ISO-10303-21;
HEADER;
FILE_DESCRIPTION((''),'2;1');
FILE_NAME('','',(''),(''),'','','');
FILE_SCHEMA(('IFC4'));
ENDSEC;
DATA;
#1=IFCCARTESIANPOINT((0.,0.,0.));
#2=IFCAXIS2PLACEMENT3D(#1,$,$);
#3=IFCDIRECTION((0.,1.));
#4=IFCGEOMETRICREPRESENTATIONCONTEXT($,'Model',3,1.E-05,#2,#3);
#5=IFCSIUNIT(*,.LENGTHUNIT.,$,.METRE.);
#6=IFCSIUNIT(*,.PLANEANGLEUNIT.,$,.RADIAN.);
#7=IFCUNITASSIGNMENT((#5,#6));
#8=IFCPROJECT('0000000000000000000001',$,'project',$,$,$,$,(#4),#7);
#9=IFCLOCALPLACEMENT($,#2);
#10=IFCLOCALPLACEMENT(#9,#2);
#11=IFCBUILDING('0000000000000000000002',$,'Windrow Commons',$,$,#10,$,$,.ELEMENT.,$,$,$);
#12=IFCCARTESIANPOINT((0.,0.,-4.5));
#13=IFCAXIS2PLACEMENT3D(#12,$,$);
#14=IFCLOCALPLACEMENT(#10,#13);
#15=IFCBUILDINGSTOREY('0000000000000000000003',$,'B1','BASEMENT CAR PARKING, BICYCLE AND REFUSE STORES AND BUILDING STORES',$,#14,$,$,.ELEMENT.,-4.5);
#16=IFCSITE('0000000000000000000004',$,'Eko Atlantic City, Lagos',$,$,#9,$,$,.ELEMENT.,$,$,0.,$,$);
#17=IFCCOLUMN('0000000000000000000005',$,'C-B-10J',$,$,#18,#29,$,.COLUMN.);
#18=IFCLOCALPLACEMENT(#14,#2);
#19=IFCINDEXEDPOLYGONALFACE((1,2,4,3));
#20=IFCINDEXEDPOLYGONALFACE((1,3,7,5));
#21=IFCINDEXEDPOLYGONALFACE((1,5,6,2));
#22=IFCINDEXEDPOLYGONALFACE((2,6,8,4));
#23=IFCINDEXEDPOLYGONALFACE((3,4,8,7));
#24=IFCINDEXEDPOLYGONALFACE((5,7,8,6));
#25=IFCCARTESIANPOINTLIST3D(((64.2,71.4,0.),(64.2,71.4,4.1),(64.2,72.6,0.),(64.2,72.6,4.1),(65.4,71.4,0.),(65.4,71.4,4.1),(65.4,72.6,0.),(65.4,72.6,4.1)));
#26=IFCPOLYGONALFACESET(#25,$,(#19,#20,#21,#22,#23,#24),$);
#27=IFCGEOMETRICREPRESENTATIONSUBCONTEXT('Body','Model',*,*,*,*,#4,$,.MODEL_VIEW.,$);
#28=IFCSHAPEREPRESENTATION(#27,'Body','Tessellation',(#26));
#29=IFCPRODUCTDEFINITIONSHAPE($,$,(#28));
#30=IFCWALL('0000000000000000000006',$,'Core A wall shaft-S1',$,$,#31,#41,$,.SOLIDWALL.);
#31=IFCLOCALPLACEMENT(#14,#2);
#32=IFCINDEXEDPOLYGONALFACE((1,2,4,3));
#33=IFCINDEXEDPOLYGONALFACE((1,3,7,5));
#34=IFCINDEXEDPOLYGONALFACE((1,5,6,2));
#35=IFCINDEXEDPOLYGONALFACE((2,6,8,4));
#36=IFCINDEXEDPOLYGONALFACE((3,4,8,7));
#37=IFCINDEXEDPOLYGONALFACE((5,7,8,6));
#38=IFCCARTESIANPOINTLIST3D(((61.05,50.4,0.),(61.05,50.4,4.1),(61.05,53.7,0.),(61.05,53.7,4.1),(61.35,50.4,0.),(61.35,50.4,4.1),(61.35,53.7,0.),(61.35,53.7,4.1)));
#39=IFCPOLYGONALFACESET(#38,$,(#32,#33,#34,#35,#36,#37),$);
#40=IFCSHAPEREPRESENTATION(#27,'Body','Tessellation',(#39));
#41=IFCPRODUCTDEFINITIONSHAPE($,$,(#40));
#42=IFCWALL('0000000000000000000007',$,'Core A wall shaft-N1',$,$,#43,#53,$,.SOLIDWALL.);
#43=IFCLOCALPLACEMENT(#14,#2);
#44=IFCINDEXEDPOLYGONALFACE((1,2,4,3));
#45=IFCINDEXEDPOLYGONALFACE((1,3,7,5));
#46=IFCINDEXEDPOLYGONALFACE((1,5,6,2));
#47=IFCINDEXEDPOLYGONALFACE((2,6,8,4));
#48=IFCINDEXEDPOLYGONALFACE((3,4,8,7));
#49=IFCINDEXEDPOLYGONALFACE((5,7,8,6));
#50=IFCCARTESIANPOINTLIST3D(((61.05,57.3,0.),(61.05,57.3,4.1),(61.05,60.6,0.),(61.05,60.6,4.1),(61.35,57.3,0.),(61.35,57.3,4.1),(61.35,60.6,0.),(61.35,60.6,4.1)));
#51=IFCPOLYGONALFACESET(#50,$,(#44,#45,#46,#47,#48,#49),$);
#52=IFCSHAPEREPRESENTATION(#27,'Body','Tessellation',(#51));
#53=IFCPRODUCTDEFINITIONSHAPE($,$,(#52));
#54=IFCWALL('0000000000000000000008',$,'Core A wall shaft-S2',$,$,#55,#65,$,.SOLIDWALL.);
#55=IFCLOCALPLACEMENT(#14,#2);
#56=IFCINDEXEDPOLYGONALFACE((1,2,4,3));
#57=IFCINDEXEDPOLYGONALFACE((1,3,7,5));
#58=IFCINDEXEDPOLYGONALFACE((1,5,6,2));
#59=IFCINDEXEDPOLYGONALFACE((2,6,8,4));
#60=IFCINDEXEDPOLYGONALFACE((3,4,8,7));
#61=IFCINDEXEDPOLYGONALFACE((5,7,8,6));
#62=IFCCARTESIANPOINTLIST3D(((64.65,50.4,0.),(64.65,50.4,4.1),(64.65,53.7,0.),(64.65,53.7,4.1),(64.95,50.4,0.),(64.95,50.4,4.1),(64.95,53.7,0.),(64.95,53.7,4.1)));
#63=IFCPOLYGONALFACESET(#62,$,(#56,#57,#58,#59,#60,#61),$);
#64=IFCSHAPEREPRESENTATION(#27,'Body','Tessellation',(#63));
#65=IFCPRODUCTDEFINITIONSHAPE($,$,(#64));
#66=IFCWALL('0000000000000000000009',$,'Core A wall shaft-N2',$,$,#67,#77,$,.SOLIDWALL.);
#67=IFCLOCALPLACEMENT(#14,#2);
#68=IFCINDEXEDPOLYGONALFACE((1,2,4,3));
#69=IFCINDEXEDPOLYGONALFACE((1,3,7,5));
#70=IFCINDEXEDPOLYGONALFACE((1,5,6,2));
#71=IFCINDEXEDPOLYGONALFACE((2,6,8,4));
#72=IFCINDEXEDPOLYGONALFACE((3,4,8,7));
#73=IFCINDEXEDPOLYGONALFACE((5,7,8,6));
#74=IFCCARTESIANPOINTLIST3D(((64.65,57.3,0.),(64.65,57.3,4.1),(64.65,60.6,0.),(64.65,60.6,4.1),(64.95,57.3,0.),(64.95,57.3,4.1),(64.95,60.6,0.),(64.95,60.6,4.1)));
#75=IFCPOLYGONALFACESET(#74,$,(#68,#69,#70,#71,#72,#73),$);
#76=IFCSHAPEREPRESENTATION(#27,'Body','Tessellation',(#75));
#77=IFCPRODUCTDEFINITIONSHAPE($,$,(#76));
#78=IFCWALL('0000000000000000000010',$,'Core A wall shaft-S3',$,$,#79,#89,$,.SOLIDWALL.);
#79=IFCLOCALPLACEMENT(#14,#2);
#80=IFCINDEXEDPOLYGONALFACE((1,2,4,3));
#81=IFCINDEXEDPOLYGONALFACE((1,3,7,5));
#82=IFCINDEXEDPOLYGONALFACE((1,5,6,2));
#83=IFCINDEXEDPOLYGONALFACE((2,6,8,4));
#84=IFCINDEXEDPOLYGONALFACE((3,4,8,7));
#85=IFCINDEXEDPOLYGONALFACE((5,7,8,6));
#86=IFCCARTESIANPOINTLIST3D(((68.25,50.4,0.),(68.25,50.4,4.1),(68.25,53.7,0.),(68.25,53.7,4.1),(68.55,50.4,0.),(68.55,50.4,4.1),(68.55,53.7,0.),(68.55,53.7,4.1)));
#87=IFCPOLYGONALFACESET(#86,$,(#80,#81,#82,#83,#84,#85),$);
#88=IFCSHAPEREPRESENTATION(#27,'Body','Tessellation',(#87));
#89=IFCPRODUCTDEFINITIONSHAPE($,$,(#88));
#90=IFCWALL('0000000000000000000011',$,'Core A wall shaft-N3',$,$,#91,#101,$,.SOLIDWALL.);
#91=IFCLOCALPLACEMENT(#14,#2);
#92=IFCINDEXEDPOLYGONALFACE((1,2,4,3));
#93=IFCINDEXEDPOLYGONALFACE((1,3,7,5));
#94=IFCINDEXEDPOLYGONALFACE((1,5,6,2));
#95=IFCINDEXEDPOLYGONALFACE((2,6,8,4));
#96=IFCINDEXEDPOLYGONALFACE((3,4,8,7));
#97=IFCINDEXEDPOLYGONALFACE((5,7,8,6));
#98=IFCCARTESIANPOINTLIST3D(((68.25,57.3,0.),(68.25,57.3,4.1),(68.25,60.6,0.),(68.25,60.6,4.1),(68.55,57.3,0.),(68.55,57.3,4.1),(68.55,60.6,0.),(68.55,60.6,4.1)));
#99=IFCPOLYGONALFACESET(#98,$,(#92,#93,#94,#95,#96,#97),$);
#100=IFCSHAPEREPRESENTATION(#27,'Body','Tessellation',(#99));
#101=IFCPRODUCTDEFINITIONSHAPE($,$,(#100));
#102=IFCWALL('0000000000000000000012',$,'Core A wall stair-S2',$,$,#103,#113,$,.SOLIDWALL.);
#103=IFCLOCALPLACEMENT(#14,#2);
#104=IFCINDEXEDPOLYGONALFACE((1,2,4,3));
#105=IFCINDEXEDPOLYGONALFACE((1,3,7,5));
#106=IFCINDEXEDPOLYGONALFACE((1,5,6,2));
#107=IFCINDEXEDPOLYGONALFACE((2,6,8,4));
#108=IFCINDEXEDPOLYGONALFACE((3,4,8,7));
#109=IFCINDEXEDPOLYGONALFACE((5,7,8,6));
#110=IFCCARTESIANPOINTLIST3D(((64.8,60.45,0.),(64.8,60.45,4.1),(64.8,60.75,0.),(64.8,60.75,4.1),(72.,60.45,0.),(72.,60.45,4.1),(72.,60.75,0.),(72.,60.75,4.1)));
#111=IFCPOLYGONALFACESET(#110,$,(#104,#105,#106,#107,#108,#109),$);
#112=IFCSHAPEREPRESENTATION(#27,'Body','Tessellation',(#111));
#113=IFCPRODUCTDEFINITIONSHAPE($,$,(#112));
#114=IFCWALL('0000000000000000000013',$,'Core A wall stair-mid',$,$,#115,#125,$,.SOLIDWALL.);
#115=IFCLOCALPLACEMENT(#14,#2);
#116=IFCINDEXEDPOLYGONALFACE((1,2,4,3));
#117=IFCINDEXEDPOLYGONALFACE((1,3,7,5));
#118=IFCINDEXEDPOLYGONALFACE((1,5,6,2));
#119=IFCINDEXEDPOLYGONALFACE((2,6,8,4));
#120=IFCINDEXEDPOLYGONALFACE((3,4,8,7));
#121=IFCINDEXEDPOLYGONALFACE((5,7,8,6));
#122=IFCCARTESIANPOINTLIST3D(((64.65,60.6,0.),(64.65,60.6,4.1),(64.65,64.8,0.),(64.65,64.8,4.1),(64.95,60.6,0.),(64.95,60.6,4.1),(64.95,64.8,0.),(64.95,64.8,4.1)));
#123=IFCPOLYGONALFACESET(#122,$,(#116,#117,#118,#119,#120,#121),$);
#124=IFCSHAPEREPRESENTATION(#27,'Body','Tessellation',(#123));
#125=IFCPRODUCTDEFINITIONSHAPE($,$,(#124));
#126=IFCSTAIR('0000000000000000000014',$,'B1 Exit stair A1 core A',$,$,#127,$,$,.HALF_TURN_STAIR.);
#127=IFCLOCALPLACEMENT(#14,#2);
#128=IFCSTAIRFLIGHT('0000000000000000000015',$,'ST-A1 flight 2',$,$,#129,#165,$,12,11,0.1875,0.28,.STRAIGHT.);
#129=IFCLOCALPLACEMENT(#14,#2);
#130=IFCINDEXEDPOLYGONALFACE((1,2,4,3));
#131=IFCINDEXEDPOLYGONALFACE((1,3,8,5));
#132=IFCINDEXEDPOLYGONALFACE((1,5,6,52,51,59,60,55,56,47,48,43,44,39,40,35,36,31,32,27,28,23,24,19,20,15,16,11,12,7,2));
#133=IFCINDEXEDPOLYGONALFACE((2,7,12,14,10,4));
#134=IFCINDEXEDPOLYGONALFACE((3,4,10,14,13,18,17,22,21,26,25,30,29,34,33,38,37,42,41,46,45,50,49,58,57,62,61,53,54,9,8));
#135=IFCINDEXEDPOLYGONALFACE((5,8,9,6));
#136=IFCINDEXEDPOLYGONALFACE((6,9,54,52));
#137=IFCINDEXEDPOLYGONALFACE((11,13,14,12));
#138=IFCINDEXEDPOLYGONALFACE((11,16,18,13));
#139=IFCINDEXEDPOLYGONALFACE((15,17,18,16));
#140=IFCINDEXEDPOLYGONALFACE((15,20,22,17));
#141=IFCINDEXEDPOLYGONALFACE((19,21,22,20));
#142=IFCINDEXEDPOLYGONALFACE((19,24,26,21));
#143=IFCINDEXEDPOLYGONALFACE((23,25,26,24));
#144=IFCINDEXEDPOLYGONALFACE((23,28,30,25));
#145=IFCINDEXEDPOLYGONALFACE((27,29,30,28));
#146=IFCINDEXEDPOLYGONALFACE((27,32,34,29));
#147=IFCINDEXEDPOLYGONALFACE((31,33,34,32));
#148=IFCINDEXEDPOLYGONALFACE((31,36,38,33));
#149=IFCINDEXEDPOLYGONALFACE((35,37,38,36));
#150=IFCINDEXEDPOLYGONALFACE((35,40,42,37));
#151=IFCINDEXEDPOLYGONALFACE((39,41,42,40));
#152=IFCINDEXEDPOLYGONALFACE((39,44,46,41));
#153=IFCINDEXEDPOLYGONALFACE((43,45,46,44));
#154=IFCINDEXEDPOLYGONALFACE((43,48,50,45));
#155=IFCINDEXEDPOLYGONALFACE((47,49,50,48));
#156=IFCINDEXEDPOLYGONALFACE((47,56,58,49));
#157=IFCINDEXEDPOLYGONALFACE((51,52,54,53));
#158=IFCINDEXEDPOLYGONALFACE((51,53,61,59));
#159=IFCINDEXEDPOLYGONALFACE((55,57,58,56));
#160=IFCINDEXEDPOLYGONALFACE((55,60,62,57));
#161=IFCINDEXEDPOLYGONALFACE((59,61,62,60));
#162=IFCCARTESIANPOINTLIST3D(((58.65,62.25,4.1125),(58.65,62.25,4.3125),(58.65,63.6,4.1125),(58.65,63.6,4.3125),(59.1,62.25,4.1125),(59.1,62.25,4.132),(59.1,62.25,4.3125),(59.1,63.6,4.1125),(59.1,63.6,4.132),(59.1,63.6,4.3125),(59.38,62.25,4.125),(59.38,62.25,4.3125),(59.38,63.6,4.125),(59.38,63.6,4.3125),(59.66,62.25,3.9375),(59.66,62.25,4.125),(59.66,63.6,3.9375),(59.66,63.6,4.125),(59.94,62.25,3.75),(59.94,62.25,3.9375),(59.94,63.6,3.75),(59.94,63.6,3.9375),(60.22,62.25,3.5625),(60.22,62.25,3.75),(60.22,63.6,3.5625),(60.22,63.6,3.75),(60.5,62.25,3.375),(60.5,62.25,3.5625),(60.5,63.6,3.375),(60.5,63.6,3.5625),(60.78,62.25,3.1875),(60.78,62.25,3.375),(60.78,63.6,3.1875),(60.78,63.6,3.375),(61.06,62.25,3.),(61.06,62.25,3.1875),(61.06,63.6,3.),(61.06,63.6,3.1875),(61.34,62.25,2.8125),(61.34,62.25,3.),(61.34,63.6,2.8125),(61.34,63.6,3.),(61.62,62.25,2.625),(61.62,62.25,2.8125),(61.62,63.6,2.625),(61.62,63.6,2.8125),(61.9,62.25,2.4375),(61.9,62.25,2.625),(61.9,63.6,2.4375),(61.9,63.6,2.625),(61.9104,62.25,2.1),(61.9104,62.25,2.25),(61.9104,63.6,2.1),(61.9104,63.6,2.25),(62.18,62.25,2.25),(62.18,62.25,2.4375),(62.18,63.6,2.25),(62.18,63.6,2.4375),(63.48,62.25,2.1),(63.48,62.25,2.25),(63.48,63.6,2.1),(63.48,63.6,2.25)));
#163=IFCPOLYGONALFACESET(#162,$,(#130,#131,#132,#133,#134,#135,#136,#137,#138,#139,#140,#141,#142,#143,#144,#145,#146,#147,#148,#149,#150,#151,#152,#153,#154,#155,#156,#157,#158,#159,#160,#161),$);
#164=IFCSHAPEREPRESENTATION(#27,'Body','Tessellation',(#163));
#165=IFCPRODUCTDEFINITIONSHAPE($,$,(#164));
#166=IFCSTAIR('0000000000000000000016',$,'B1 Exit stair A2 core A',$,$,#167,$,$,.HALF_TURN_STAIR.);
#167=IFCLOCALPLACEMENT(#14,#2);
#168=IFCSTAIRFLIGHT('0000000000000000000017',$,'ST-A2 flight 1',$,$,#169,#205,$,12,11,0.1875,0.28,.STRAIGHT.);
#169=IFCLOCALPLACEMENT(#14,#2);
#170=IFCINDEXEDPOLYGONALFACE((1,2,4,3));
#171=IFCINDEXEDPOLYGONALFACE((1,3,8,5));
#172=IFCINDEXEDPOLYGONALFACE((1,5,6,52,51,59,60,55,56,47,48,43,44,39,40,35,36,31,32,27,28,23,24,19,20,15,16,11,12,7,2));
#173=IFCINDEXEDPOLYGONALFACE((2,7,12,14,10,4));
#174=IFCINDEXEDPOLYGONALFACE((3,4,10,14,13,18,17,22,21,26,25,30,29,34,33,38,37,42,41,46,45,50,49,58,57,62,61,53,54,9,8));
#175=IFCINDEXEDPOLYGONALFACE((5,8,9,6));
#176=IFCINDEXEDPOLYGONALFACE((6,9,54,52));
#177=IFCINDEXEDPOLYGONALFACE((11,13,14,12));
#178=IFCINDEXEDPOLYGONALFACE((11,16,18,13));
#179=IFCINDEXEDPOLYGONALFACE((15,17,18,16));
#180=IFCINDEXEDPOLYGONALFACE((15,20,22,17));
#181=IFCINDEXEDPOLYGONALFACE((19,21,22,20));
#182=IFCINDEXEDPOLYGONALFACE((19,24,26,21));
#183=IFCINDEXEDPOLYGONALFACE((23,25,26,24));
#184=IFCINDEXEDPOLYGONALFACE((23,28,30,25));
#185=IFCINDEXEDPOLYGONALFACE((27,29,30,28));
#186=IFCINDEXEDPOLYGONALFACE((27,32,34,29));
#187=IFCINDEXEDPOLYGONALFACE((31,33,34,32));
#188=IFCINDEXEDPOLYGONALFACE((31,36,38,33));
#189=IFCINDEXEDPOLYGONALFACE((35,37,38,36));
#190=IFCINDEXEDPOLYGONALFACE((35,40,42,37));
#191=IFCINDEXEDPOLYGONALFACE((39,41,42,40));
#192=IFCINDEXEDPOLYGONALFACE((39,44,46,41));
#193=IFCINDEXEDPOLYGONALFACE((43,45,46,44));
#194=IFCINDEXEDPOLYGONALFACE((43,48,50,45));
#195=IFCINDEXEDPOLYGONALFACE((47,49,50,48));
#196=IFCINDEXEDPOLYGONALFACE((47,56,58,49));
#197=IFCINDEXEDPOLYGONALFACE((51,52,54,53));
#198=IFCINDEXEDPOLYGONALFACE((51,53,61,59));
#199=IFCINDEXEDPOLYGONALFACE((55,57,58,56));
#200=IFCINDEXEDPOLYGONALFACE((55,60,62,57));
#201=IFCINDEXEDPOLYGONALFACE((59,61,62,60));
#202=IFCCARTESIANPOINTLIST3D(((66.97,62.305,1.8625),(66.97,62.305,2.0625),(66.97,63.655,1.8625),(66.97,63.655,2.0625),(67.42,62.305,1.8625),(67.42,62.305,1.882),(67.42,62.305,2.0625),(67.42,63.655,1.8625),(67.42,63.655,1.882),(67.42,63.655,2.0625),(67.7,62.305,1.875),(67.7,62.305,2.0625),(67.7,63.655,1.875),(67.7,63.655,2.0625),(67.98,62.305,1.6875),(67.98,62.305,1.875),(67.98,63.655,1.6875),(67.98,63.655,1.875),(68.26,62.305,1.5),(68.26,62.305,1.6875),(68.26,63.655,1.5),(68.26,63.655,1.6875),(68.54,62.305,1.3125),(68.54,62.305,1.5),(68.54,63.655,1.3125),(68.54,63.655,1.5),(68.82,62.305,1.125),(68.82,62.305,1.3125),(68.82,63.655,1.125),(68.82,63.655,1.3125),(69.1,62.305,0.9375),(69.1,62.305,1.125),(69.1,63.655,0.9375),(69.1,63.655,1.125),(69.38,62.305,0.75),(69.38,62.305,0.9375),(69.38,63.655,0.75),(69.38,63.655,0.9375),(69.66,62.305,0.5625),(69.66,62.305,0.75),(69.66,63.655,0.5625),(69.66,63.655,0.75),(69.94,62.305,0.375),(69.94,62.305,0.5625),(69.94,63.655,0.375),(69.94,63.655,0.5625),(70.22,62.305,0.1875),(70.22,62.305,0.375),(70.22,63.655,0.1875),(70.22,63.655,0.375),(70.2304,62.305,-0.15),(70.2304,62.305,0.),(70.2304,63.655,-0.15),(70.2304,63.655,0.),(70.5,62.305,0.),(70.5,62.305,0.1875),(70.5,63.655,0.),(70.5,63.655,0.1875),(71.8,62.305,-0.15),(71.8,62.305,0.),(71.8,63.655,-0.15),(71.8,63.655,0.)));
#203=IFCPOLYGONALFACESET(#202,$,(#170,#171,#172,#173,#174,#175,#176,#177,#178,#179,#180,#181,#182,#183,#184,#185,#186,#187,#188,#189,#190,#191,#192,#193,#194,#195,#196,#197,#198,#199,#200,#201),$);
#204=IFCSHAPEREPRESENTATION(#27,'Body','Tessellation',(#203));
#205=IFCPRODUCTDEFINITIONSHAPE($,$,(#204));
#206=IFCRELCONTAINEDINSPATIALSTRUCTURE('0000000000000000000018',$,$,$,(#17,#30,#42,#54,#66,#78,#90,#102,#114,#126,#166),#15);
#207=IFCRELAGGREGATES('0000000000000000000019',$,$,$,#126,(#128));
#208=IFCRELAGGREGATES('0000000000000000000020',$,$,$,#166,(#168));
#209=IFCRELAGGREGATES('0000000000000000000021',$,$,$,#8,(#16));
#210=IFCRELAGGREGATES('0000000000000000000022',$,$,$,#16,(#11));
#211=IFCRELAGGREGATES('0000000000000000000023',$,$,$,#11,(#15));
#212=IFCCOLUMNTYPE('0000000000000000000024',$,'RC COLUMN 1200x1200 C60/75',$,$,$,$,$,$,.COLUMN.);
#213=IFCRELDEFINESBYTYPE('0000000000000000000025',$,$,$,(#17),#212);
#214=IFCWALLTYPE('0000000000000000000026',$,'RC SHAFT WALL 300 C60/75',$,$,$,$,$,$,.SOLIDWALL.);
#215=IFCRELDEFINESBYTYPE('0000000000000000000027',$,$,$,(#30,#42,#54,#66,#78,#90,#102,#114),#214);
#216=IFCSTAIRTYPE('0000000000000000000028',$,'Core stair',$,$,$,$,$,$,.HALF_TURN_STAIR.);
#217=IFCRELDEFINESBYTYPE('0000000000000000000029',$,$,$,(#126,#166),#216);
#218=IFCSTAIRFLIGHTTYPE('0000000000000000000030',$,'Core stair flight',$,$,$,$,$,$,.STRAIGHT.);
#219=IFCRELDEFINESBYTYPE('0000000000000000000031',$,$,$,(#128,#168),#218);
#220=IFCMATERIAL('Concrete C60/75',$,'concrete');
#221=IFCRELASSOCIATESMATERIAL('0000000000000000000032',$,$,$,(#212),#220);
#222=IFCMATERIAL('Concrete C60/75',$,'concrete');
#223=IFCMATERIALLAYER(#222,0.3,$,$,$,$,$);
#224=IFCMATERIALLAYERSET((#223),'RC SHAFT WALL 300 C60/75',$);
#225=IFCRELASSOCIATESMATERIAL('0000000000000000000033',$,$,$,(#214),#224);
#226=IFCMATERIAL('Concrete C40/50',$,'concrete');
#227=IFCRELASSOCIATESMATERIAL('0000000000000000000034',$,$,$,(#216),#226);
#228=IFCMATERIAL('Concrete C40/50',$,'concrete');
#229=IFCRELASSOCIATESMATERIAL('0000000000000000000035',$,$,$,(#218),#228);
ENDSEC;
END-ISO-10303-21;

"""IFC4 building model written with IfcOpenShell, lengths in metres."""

from ifc_helpers import new_model, si_unit, direction, frame, frame_2d, origin, origin_2d, place, context, subcontext, project, spatial, polyline, rectangle, outline, extrude, material, layer, layer_set, material_profile, profile_set, type_object, element, aggregate, save


model = new_model("IFC4")

# Units and contexts
model_context = context("Model", 3, precision=1e-05, world=origin(), true_north=direction((0.0, 1.0)))
body_context = subcontext(model_context, "Body", "Model", "MODEL_VIEW")
ifc_project = project(units=[si_unit("LENGTHUNIT", "METRE"), si_unit("PLANEANGLEUNIT", "RADIAN")], contexts=[model_context])

# Site, building, storey
site_placement = place(None, origin())
site = spatial("IfcSite", under=ifc_project, at=site_placement, Name="Eko Atlantic City, Lagos", CompositionType="ELEMENT", RefElevation=0.0)
building_placement = place(site_placement, origin())
building = spatial("IfcBuilding", under=site, at=building_placement, Name="Windrow Commons", CompositionType="ELEMENT")
storey_placement = place(building_placement, frame((0.0, 0.0, -4.5)))
storey = spatial("IfcBuildingStorey", under=building, at=storey_placement, Name="B1", Description="BASEMENT CAR PARKING, BICYCLE AND REFUSE STORES AND BUILDING STORES", CompositionType="ELEMENT", Elevation=-4.5)

# Column
ifc_material_1 = material(Name="Concrete C60/75", Category="concrete")
ifc_material_profile = material_profile(ifc_material_1, rectangle(XDim=1.2, YDim=1.2, at=origin_2d()))
ifc_profile_set = profile_set([ifc_material_profile], Name="Concrete C60/75")
column_type = type_object("IfcColumnType", Name="RC COLUMN 1200x1200 C60/75", PredefinedType="COLUMN", material=ifc_profile_set)
column_placement = place(storey_placement, frame((64.8, 72.0, 0.0), z_axis=(0.0, 0.0, 1.0), x_axis=(1.0, 0.0, 0.0)))
element("IfcColumn", 1, at=column_placement, inside=storey, type_object=column_type, Name="C-B-10J", PredefinedType="COLUMN", context=body_context, shape_type="SweptSolid", body=[
    extrude(rectangle(XDim=1.2, YDim=1.2, at=origin_2d()), origin(), (0.0, 0.0, 1.0), 4.1),
])

# Walls
ifc_material_2 = material(Name="Concrete C60/75", Category="concrete")
ifc_layer = layer(ifc_material_2, 0.3)
ifc_layer_set = layer_set([ifc_layer], Name="RC SHAFT WALL 300 C60/75")
wall_type = type_object("IfcWallType", Name="RC SHAFT WALL 300 C60/75", PredefinedType="SOLIDWALL", material=ifc_layer_set)
for number, where, z_axis, x_axis, name in (
    (2, (61.2, 50.4, 0.0), (0.0, 0.0, 1.0), (0.0, 1.0, 0.0), "Core A wall shaft-S1"),
    (3, (61.2, 57.3, 0.0), (0.0, 0.0, 1.0), (0.0, 1.0, 0.0), "Core A wall shaft-N1"),
    (4, (64.8, 50.4, 0.0), (0.0, 0.0, 1.0), (0.0, 1.0, 0.0), "Core A wall shaft-S2"),
    (5, (64.8, 57.3, 0.0), (0.0, 0.0, 1.0), (0.0, 1.0, 0.0), "Core A wall shaft-N2"),
    (6, (68.4, 50.4, 0.0), (0.0, 0.0, 1.0), (0.0, 1.0, 0.0), "Core A wall shaft-S3"),
    (7, (68.4, 57.3, 0.0), (0.0, 0.0, 1.0), (0.0, 1.0, 0.0), "Core A wall shaft-N3"),
):
    element("IfcWall", number, at=place(storey_placement, frame(where, z_axis=z_axis, x_axis=x_axis)), inside=storey, type_object=wall_type, Name=name, PredefinedType="SOLIDWALL", context=body_context, shape_type="SweptSolid", body=[
        extrude(rectangle(XDim=3.3, YDim=0.3, at=frame_2d((1.65, 0.0))), origin(), (0.0, 0.0, 1.0), 4.1),
    ])
wall_1_placement = place(storey_placement, frame((64.8, 60.6, 0.0), z_axis=(0.0, 0.0, 1.0), x_axis=(1.0, 0.0, 0.0)))
element("IfcWall", 8, at=wall_1_placement, inside=storey, type_object=wall_type, Name="Core A wall stair-S2", PredefinedType="SOLIDWALL", context=body_context, shape_type="SweptSolid", body=[
    extrude(rectangle(XDim=7.2, YDim=0.3, at=frame_2d((3.6, 0.0))), origin(), (0.0, 0.0, 1.0), 4.1),
])
wall_2_placement = place(storey_placement, frame((64.8, 60.6, 0.0), z_axis=(0.0, 0.0, 1.0), x_axis=(0.0, 1.0, 0.0)))
element("IfcWall", 9, at=wall_2_placement, inside=storey, type_object=wall_type, Name="Core A wall stair-mid", PredefinedType="SOLIDWALL", context=body_context, shape_type="SweptSolid", body=[
    extrude(rectangle(XDim=4.2, YDim=0.3, at=frame_2d((2.1, 0.0))), origin(), (0.0, 0.0, 1.0), 4.1),
])

# Stair, stair flight
ifc_material_3 = material(Name="Concrete C40/50", Category="concrete")
stair_type = type_object("IfcStairType", Name="Core stair", PredefinedType="HALF_TURN_STAIR", material=ifc_material_3)
placement = place(storey_placement, origin())
stair_1 = element("IfcStair", 10, at=placement, inside=storey, type_object=stair_type, Name="B1 Exit stair A1 core A", PredefinedType="HALF_TURN_STAIR")
ifc_material_4 = material(Name="Concrete C40/50", Category="concrete")
stair_flight_type = type_object("IfcStairFlightType", Name="Core stair flight", PredefinedType="STRAIGHT", material=ifc_material_4)
stair_flight_1_placement = place(storey_placement, frame((62.18, 62.925, 2.25), z_axis=(0.0, 0.0, 1.0), x_axis=(-1.0, 0.0, 0.0)))
stair_flight_1 = element("IfcStairFlight", 11, at=stair_flight_1_placement, type_object=stair_flight_type, Name="ST-A1 flight 2", NumberOfRisers=12, NumberOfTreads=11, PredefinedType="STRAIGHT", RiserHeight=0.1875, TreadLength=0.28, context=body_context, shape_type="SweptSolid", body=[
    extrude(outline(polyline([(-1.3, -0.15), (-1.3, 0.0), (0.0, 0.0), (0.0, 0.1875), (0.28, 0.1875), (0.28, 0.375), (0.56, 0.375), (0.56, 0.5625), (0.84, 0.5625), (0.84, 0.75), (1.12, 0.75), (1.12, 0.9375), (1.4, 0.9375), (1.4, 1.125), (1.68, 1.125), (1.68, 1.3125), (1.96, 1.3125), (1.96, 1.5), (2.24, 1.5), (2.24, 1.6875), (2.52, 1.6875), (2.52, 1.875), (2.8, 1.875), (2.8, 2.0625), (3.08, 2.0625), (3.53, 2.0625), (3.53, 1.8625), (3.08, 1.8625), (3.08, 1.882), (0.2696, 0.0), (0.2696, -0.15), (-1.3, -0.15)])), frame((0.0, 0.675, 0.0), z_axis=(0.0, -1.0, 0.0), x_axis=(1.0, 0.0, 0.0)), (0.0, 0.0, 1.0), 1.35),
])
aggregate(stair_1, [stair_flight_1])

# Stair, stair flight
stair_2 = element("IfcStair", 12, at=placement, inside=storey, type_object=stair_type, Name="B1 Exit stair A2 core A", PredefinedType="HALF_TURN_STAIR")
stair_flight_2_placement = place(storey_placement, frame((70.5, 62.98, 0.0), z_axis=(0.0, 0.0, 1.0), x_axis=(-1.0, 0.0, 0.0)))
stair_flight_2 = element("IfcStairFlight", 13, at=stair_flight_2_placement, type_object=stair_flight_type, Name="ST-A2 flight 1", NumberOfRisers=12, NumberOfTreads=11, PredefinedType="STRAIGHT", RiserHeight=0.1875, TreadLength=0.28, context=body_context, shape_type="SweptSolid", body=[
    extrude(outline(polyline([(-1.3, -0.15), (-1.3, 0.0), (0.0, 0.0), (0.0, 0.1875), (0.28, 0.1875), (0.28, 0.375), (0.56, 0.375), (0.56, 0.5625), (0.84, 0.5625), (0.84, 0.75), (1.12, 0.75), (1.12, 0.9375), (1.4, 0.9375), (1.4, 1.125), (1.68, 1.125), (1.68, 1.3125), (1.96, 1.3125), (1.96, 1.5), (2.24, 1.5), (2.24, 1.6875), (2.52, 1.6875), (2.52, 1.875), (2.8, 1.875), (2.8, 2.0625), (3.08, 2.0625), (3.53, 2.0625), (3.53, 1.8625), (3.08, 1.8625), (3.08, 1.882), (0.2696, 0.0), (0.2696, -0.15), (-1.3, -0.15)])), frame((0.0, 0.675, 0.0), z_axis=(0.0, -1.0, 0.0), x_axis=(1.0, 0.0, 0.0)), (0.0, 0.0, 1.0), 1.35),
])
aggregate(stair_2, [stair_flight_2])

save(model, "model.ifc")
